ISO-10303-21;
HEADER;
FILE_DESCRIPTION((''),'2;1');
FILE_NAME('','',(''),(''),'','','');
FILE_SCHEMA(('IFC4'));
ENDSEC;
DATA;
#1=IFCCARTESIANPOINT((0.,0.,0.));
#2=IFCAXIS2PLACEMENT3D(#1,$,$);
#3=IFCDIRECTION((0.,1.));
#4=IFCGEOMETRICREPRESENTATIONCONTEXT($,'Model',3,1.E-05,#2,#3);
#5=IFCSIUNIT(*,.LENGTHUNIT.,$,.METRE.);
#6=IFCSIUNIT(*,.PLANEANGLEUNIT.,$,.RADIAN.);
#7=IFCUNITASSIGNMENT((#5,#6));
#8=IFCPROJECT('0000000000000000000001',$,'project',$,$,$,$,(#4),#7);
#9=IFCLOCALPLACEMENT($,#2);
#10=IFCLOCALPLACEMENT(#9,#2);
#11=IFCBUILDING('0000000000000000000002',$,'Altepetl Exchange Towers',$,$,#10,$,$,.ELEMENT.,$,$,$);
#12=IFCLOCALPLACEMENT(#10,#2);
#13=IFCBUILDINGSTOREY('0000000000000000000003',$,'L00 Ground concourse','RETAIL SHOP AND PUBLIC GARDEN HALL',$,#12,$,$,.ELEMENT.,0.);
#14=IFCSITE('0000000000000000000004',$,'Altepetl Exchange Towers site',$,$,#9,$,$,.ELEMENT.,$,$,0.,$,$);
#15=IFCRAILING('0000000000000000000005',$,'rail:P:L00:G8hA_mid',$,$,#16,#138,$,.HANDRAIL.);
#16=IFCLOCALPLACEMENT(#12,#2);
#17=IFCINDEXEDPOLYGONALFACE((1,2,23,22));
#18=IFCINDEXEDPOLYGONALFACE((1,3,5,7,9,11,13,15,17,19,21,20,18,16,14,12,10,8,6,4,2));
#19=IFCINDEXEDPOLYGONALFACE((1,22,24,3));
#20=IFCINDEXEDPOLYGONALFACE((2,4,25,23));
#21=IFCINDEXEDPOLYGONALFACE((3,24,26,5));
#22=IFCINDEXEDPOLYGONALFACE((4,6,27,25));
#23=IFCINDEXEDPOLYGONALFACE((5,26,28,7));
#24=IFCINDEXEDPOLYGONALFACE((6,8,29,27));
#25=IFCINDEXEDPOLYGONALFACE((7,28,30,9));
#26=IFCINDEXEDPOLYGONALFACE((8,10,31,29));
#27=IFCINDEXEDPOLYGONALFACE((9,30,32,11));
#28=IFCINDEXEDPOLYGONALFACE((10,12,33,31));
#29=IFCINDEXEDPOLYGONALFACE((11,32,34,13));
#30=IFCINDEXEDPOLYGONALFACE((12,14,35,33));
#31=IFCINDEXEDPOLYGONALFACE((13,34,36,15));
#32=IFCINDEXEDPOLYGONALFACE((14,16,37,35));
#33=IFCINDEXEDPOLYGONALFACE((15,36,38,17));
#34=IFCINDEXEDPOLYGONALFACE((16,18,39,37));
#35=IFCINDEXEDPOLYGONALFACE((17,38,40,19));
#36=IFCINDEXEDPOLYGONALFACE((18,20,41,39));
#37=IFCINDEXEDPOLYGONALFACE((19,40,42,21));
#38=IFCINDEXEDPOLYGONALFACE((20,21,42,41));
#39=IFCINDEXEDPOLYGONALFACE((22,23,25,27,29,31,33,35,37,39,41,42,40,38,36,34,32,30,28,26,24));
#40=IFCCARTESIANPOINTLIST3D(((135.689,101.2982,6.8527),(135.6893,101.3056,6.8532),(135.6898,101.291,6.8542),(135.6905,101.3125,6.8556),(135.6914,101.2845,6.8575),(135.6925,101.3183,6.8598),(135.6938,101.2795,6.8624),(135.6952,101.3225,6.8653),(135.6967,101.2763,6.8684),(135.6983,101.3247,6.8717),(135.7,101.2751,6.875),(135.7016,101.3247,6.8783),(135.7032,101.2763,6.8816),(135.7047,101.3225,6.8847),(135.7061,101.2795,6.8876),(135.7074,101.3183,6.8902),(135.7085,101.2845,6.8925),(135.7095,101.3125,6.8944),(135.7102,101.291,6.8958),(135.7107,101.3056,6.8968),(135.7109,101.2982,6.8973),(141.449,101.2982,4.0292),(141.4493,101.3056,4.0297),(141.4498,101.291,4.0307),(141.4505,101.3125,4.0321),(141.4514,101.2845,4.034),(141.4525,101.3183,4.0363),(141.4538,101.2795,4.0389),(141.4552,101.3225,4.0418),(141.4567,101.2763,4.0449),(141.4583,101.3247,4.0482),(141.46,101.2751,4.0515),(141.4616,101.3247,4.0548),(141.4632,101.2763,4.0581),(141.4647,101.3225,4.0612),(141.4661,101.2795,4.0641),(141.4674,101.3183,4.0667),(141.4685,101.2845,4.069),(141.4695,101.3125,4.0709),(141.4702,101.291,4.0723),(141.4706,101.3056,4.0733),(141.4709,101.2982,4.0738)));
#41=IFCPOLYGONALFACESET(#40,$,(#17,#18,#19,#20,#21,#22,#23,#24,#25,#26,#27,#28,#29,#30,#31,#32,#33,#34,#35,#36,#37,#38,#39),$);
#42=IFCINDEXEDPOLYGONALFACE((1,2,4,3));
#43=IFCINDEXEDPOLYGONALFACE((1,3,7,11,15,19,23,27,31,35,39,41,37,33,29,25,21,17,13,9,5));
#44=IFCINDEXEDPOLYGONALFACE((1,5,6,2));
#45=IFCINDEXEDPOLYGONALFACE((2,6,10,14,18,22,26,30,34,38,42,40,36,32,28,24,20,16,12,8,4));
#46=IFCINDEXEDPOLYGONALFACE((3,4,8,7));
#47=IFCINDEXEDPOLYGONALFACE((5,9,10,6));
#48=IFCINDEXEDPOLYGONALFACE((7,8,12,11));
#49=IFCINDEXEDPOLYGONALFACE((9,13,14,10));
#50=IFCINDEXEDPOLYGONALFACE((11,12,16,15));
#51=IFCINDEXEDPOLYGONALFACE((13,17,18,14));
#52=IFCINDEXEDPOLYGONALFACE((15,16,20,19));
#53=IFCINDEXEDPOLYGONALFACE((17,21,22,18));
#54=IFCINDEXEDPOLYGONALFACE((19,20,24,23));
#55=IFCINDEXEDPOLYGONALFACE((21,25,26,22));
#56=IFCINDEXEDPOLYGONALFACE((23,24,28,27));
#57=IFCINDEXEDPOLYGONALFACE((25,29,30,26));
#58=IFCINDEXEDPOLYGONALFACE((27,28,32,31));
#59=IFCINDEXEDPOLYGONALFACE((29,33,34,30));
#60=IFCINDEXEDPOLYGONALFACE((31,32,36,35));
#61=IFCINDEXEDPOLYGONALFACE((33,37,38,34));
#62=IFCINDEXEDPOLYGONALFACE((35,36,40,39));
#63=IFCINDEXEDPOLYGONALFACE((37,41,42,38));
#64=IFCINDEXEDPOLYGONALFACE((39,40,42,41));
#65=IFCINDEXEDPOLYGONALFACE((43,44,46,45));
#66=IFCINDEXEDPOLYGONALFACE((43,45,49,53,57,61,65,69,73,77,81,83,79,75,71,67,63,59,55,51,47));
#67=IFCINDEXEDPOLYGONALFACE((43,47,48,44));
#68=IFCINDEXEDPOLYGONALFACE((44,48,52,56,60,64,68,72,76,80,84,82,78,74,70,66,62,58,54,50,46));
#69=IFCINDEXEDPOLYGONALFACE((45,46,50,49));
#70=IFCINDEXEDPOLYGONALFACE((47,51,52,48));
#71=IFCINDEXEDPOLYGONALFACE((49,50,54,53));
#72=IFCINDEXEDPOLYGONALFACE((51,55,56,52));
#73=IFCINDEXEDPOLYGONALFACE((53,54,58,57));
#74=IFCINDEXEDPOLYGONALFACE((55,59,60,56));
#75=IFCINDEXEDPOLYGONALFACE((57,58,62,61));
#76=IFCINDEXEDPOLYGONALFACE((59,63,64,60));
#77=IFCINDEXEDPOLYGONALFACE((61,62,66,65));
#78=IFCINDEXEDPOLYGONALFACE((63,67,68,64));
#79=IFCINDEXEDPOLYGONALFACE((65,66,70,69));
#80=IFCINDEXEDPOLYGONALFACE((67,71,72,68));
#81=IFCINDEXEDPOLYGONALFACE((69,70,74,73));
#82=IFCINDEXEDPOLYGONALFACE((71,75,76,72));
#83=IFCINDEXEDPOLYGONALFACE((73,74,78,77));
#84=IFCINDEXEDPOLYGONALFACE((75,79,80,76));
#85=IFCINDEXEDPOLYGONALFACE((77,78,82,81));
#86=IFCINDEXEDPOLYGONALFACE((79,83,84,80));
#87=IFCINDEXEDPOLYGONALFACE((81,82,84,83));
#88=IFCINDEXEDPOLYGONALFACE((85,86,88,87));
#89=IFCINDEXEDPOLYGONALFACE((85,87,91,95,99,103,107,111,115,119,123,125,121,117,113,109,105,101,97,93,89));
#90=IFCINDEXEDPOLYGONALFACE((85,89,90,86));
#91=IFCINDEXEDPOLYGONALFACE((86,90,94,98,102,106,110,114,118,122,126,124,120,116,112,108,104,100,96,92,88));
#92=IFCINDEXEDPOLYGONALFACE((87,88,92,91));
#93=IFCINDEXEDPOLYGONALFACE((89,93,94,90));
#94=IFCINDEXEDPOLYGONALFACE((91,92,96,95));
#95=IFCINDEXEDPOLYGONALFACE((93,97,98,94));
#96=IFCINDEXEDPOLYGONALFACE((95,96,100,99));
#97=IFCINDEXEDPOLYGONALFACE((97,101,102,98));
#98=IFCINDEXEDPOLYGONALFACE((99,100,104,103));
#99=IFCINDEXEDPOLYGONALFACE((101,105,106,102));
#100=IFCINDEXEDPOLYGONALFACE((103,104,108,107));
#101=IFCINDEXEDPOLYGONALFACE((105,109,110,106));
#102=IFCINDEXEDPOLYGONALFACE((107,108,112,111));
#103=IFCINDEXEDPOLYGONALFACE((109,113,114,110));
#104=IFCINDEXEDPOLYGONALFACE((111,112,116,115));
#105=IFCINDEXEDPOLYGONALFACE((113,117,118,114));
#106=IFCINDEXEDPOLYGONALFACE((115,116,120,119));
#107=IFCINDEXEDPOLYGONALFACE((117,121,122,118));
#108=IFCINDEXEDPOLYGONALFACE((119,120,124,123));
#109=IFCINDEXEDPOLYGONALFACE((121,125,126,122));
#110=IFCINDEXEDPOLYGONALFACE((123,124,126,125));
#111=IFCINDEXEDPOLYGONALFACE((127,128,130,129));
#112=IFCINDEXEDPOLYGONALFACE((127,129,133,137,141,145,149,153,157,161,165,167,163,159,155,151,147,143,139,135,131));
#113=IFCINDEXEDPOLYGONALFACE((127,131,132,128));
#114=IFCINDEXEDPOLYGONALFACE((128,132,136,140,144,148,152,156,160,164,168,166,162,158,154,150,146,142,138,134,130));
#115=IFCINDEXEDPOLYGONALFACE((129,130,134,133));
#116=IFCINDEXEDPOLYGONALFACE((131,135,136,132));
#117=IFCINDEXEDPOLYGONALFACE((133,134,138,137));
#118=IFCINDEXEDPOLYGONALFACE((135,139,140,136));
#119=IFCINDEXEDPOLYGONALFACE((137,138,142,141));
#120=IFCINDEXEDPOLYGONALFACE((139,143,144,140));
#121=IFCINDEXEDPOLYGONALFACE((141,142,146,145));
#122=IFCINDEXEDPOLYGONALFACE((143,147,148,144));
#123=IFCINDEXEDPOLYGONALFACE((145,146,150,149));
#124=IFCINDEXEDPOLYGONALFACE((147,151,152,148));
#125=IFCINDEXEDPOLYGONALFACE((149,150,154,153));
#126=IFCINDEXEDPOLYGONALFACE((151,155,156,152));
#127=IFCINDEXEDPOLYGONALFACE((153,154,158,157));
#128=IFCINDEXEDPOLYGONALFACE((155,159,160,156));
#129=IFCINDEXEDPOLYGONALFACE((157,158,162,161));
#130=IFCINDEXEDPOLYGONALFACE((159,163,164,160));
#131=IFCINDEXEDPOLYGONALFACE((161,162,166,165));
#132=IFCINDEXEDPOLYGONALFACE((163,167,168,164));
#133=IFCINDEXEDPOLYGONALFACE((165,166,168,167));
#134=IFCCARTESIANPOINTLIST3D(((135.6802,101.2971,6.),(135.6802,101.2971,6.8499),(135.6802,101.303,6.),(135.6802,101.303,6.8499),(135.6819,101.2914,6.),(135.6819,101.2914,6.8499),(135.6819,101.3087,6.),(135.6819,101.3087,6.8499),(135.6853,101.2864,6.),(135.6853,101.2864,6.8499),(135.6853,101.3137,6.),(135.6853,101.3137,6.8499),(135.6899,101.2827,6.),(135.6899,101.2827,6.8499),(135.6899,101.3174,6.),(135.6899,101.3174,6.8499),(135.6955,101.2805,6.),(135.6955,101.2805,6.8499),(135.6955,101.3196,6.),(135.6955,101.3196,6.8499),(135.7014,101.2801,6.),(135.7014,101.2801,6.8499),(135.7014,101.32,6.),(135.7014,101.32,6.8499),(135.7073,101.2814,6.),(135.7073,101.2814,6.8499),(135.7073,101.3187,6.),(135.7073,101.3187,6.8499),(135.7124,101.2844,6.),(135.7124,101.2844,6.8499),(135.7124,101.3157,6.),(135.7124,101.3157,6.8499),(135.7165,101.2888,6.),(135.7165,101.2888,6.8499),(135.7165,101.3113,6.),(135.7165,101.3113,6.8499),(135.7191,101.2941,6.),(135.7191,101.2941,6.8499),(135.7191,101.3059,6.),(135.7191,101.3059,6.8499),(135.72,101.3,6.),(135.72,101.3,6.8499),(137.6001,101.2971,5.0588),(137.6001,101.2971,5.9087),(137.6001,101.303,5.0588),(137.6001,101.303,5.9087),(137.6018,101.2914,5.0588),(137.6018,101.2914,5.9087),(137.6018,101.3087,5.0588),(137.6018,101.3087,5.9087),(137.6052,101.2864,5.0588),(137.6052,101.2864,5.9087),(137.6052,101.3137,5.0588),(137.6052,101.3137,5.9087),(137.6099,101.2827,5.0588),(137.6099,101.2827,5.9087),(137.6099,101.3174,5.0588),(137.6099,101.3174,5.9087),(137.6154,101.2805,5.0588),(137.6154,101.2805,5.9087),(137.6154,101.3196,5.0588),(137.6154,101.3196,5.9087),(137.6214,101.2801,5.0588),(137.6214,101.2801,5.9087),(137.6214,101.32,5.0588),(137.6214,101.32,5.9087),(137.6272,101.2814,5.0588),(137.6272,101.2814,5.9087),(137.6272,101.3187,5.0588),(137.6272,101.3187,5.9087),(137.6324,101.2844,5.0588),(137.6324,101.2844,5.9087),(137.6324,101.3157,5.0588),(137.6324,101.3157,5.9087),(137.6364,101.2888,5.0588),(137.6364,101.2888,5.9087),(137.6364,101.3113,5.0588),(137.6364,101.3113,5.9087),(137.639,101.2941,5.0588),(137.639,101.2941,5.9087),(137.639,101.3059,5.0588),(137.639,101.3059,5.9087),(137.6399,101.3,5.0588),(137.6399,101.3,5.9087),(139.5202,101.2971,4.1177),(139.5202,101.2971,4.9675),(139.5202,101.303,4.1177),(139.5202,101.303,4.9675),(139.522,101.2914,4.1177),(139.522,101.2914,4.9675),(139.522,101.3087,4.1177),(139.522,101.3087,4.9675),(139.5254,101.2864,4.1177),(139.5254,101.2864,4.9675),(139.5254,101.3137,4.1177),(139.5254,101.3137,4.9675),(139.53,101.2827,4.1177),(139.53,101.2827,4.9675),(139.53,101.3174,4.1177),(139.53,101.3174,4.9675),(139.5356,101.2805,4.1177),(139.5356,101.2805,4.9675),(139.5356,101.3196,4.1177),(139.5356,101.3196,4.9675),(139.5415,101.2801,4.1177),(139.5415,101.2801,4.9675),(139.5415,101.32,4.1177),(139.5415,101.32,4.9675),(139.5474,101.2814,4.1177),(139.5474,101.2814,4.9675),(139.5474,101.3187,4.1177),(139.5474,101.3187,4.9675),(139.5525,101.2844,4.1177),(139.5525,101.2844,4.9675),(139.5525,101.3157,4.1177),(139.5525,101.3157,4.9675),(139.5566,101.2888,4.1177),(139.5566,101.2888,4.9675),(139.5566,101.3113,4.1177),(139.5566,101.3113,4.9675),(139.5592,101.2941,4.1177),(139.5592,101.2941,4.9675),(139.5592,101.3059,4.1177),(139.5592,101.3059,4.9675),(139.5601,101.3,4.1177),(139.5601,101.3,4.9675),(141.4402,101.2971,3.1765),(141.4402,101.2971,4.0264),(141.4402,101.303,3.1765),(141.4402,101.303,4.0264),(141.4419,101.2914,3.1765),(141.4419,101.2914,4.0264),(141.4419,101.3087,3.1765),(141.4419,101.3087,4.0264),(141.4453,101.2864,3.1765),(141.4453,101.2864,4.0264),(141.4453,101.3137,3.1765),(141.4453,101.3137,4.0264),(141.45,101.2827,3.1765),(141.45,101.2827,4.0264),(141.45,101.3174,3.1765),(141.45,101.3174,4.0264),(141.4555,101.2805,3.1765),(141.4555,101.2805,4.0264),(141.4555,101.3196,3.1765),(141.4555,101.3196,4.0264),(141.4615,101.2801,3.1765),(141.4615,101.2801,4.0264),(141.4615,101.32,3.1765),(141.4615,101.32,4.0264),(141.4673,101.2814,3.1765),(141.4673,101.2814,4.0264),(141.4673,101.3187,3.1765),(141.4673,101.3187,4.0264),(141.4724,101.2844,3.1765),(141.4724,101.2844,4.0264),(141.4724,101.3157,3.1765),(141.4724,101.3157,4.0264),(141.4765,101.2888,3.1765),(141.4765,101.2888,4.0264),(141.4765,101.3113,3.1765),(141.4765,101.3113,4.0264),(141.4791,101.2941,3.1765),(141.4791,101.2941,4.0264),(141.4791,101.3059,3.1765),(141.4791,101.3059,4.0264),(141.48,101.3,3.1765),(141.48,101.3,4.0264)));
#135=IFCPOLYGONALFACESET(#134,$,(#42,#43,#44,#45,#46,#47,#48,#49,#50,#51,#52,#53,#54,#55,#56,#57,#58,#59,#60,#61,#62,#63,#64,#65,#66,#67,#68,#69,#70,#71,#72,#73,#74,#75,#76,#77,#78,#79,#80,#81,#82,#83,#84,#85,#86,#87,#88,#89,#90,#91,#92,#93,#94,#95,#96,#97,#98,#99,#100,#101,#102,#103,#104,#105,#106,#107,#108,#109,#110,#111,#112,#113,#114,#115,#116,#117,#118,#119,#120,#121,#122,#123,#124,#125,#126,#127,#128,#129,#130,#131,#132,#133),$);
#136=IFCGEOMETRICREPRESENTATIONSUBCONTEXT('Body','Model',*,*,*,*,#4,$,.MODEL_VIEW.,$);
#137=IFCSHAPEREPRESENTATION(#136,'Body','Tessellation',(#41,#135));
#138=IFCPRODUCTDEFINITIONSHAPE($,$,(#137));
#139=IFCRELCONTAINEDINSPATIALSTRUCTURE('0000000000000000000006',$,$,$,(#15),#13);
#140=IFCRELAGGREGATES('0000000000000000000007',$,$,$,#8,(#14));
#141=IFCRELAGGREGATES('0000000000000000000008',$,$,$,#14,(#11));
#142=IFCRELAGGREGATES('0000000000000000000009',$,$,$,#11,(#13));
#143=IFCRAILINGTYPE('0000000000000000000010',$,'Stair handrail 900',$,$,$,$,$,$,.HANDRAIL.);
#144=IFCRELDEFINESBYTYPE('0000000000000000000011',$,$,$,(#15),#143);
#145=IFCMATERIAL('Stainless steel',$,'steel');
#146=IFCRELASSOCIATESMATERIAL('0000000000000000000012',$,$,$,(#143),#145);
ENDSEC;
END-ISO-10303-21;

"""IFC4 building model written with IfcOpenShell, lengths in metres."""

from ifc_helpers import new_model, si_unit, direction, frame, origin, origin_2d, place, context, subcontext, project, spatial, circle, extrude, source, transform, mapped, material, type_object, element, save


model = new_model("IFC4")

# Units and contexts
model_context = context("Model", 3, precision=1e-05, world=origin(), true_north=direction((0.0, 1.0)))
body_context = subcontext(model_context, "Body", "Model", "MODEL_VIEW")
ifc_project = project(units=[si_unit("LENGTHUNIT", "METRE"), si_unit("PLANEANGLEUNIT", "RADIAN")], contexts=[model_context])

# Site, building, storey
site_placement = place(None, origin())
site = spatial("IfcSite", under=ifc_project, at=site_placement, Name="Altepetl Exchange Towers site", CompositionType="ELEMENT", RefElevation=0.0)
building_placement = place(site_placement, origin())
building = spatial("IfcBuilding", under=site, at=building_placement, Name="Altepetl Exchange Towers", CompositionType="ELEMENT")
storey_placement = place(building_placement, origin())
storey = spatial("IfcBuildingStorey", under=building, at=storey_placement, Name="L00 Ground concourse", Description="RETAIL SHOP AND PUBLIC GARDEN HALL", CompositionType="ELEMENT", Elevation=0.0)

# Railing
ifc_material_1 = material(Name="Stainless steel", Category="steel")
railing_type_1 = type_object("IfcRailingType", Name="Stair handrail 900", PredefinedType="HANDRAIL", material=ifc_material_1)
shared_shape_1 = source(origin(), body_context, "Body", "SweptSolid", [
    extrude(circle(Radius=0.02, at=origin_2d()), origin(), (0.0, 0.0, 1.0), 0.8499),
])
for number, where, name in (
    (1, (141.46, 101.3, 3.1765), "rail:P:L00:G8hA_mid"),
):
    element("IfcRailing", number, at=place(storey_placement, frame(where)), inside=storey, type_object=railing_type_1, Name=name, PredefinedType="HANDRAIL", context=body_context, shape_type="SweptSolid", body=[
        extrude(circle(Radius=0.0249, at=origin_2d()), frame((0.0, 0.0, 0.875), z_axis=(-0.897924, 0.0, 0.440151), x_axis=(0.0, -1.0, 0.0)), (0.0, 0.0, 1.0), 6.4148),
        mapped(shared_shape_1, transform((0.0, 0.0, 0.0))),
        mapped(shared_shape_1, transform((-1.9199, 0.0, 0.9412))),
        mapped(shared_shape_1, transform((-3.8401, 0.0, 1.8823))),
        mapped(shared_shape_1, transform((-5.76, 0.0, 2.8235))),
    ])

save(model, "model.ifc")
